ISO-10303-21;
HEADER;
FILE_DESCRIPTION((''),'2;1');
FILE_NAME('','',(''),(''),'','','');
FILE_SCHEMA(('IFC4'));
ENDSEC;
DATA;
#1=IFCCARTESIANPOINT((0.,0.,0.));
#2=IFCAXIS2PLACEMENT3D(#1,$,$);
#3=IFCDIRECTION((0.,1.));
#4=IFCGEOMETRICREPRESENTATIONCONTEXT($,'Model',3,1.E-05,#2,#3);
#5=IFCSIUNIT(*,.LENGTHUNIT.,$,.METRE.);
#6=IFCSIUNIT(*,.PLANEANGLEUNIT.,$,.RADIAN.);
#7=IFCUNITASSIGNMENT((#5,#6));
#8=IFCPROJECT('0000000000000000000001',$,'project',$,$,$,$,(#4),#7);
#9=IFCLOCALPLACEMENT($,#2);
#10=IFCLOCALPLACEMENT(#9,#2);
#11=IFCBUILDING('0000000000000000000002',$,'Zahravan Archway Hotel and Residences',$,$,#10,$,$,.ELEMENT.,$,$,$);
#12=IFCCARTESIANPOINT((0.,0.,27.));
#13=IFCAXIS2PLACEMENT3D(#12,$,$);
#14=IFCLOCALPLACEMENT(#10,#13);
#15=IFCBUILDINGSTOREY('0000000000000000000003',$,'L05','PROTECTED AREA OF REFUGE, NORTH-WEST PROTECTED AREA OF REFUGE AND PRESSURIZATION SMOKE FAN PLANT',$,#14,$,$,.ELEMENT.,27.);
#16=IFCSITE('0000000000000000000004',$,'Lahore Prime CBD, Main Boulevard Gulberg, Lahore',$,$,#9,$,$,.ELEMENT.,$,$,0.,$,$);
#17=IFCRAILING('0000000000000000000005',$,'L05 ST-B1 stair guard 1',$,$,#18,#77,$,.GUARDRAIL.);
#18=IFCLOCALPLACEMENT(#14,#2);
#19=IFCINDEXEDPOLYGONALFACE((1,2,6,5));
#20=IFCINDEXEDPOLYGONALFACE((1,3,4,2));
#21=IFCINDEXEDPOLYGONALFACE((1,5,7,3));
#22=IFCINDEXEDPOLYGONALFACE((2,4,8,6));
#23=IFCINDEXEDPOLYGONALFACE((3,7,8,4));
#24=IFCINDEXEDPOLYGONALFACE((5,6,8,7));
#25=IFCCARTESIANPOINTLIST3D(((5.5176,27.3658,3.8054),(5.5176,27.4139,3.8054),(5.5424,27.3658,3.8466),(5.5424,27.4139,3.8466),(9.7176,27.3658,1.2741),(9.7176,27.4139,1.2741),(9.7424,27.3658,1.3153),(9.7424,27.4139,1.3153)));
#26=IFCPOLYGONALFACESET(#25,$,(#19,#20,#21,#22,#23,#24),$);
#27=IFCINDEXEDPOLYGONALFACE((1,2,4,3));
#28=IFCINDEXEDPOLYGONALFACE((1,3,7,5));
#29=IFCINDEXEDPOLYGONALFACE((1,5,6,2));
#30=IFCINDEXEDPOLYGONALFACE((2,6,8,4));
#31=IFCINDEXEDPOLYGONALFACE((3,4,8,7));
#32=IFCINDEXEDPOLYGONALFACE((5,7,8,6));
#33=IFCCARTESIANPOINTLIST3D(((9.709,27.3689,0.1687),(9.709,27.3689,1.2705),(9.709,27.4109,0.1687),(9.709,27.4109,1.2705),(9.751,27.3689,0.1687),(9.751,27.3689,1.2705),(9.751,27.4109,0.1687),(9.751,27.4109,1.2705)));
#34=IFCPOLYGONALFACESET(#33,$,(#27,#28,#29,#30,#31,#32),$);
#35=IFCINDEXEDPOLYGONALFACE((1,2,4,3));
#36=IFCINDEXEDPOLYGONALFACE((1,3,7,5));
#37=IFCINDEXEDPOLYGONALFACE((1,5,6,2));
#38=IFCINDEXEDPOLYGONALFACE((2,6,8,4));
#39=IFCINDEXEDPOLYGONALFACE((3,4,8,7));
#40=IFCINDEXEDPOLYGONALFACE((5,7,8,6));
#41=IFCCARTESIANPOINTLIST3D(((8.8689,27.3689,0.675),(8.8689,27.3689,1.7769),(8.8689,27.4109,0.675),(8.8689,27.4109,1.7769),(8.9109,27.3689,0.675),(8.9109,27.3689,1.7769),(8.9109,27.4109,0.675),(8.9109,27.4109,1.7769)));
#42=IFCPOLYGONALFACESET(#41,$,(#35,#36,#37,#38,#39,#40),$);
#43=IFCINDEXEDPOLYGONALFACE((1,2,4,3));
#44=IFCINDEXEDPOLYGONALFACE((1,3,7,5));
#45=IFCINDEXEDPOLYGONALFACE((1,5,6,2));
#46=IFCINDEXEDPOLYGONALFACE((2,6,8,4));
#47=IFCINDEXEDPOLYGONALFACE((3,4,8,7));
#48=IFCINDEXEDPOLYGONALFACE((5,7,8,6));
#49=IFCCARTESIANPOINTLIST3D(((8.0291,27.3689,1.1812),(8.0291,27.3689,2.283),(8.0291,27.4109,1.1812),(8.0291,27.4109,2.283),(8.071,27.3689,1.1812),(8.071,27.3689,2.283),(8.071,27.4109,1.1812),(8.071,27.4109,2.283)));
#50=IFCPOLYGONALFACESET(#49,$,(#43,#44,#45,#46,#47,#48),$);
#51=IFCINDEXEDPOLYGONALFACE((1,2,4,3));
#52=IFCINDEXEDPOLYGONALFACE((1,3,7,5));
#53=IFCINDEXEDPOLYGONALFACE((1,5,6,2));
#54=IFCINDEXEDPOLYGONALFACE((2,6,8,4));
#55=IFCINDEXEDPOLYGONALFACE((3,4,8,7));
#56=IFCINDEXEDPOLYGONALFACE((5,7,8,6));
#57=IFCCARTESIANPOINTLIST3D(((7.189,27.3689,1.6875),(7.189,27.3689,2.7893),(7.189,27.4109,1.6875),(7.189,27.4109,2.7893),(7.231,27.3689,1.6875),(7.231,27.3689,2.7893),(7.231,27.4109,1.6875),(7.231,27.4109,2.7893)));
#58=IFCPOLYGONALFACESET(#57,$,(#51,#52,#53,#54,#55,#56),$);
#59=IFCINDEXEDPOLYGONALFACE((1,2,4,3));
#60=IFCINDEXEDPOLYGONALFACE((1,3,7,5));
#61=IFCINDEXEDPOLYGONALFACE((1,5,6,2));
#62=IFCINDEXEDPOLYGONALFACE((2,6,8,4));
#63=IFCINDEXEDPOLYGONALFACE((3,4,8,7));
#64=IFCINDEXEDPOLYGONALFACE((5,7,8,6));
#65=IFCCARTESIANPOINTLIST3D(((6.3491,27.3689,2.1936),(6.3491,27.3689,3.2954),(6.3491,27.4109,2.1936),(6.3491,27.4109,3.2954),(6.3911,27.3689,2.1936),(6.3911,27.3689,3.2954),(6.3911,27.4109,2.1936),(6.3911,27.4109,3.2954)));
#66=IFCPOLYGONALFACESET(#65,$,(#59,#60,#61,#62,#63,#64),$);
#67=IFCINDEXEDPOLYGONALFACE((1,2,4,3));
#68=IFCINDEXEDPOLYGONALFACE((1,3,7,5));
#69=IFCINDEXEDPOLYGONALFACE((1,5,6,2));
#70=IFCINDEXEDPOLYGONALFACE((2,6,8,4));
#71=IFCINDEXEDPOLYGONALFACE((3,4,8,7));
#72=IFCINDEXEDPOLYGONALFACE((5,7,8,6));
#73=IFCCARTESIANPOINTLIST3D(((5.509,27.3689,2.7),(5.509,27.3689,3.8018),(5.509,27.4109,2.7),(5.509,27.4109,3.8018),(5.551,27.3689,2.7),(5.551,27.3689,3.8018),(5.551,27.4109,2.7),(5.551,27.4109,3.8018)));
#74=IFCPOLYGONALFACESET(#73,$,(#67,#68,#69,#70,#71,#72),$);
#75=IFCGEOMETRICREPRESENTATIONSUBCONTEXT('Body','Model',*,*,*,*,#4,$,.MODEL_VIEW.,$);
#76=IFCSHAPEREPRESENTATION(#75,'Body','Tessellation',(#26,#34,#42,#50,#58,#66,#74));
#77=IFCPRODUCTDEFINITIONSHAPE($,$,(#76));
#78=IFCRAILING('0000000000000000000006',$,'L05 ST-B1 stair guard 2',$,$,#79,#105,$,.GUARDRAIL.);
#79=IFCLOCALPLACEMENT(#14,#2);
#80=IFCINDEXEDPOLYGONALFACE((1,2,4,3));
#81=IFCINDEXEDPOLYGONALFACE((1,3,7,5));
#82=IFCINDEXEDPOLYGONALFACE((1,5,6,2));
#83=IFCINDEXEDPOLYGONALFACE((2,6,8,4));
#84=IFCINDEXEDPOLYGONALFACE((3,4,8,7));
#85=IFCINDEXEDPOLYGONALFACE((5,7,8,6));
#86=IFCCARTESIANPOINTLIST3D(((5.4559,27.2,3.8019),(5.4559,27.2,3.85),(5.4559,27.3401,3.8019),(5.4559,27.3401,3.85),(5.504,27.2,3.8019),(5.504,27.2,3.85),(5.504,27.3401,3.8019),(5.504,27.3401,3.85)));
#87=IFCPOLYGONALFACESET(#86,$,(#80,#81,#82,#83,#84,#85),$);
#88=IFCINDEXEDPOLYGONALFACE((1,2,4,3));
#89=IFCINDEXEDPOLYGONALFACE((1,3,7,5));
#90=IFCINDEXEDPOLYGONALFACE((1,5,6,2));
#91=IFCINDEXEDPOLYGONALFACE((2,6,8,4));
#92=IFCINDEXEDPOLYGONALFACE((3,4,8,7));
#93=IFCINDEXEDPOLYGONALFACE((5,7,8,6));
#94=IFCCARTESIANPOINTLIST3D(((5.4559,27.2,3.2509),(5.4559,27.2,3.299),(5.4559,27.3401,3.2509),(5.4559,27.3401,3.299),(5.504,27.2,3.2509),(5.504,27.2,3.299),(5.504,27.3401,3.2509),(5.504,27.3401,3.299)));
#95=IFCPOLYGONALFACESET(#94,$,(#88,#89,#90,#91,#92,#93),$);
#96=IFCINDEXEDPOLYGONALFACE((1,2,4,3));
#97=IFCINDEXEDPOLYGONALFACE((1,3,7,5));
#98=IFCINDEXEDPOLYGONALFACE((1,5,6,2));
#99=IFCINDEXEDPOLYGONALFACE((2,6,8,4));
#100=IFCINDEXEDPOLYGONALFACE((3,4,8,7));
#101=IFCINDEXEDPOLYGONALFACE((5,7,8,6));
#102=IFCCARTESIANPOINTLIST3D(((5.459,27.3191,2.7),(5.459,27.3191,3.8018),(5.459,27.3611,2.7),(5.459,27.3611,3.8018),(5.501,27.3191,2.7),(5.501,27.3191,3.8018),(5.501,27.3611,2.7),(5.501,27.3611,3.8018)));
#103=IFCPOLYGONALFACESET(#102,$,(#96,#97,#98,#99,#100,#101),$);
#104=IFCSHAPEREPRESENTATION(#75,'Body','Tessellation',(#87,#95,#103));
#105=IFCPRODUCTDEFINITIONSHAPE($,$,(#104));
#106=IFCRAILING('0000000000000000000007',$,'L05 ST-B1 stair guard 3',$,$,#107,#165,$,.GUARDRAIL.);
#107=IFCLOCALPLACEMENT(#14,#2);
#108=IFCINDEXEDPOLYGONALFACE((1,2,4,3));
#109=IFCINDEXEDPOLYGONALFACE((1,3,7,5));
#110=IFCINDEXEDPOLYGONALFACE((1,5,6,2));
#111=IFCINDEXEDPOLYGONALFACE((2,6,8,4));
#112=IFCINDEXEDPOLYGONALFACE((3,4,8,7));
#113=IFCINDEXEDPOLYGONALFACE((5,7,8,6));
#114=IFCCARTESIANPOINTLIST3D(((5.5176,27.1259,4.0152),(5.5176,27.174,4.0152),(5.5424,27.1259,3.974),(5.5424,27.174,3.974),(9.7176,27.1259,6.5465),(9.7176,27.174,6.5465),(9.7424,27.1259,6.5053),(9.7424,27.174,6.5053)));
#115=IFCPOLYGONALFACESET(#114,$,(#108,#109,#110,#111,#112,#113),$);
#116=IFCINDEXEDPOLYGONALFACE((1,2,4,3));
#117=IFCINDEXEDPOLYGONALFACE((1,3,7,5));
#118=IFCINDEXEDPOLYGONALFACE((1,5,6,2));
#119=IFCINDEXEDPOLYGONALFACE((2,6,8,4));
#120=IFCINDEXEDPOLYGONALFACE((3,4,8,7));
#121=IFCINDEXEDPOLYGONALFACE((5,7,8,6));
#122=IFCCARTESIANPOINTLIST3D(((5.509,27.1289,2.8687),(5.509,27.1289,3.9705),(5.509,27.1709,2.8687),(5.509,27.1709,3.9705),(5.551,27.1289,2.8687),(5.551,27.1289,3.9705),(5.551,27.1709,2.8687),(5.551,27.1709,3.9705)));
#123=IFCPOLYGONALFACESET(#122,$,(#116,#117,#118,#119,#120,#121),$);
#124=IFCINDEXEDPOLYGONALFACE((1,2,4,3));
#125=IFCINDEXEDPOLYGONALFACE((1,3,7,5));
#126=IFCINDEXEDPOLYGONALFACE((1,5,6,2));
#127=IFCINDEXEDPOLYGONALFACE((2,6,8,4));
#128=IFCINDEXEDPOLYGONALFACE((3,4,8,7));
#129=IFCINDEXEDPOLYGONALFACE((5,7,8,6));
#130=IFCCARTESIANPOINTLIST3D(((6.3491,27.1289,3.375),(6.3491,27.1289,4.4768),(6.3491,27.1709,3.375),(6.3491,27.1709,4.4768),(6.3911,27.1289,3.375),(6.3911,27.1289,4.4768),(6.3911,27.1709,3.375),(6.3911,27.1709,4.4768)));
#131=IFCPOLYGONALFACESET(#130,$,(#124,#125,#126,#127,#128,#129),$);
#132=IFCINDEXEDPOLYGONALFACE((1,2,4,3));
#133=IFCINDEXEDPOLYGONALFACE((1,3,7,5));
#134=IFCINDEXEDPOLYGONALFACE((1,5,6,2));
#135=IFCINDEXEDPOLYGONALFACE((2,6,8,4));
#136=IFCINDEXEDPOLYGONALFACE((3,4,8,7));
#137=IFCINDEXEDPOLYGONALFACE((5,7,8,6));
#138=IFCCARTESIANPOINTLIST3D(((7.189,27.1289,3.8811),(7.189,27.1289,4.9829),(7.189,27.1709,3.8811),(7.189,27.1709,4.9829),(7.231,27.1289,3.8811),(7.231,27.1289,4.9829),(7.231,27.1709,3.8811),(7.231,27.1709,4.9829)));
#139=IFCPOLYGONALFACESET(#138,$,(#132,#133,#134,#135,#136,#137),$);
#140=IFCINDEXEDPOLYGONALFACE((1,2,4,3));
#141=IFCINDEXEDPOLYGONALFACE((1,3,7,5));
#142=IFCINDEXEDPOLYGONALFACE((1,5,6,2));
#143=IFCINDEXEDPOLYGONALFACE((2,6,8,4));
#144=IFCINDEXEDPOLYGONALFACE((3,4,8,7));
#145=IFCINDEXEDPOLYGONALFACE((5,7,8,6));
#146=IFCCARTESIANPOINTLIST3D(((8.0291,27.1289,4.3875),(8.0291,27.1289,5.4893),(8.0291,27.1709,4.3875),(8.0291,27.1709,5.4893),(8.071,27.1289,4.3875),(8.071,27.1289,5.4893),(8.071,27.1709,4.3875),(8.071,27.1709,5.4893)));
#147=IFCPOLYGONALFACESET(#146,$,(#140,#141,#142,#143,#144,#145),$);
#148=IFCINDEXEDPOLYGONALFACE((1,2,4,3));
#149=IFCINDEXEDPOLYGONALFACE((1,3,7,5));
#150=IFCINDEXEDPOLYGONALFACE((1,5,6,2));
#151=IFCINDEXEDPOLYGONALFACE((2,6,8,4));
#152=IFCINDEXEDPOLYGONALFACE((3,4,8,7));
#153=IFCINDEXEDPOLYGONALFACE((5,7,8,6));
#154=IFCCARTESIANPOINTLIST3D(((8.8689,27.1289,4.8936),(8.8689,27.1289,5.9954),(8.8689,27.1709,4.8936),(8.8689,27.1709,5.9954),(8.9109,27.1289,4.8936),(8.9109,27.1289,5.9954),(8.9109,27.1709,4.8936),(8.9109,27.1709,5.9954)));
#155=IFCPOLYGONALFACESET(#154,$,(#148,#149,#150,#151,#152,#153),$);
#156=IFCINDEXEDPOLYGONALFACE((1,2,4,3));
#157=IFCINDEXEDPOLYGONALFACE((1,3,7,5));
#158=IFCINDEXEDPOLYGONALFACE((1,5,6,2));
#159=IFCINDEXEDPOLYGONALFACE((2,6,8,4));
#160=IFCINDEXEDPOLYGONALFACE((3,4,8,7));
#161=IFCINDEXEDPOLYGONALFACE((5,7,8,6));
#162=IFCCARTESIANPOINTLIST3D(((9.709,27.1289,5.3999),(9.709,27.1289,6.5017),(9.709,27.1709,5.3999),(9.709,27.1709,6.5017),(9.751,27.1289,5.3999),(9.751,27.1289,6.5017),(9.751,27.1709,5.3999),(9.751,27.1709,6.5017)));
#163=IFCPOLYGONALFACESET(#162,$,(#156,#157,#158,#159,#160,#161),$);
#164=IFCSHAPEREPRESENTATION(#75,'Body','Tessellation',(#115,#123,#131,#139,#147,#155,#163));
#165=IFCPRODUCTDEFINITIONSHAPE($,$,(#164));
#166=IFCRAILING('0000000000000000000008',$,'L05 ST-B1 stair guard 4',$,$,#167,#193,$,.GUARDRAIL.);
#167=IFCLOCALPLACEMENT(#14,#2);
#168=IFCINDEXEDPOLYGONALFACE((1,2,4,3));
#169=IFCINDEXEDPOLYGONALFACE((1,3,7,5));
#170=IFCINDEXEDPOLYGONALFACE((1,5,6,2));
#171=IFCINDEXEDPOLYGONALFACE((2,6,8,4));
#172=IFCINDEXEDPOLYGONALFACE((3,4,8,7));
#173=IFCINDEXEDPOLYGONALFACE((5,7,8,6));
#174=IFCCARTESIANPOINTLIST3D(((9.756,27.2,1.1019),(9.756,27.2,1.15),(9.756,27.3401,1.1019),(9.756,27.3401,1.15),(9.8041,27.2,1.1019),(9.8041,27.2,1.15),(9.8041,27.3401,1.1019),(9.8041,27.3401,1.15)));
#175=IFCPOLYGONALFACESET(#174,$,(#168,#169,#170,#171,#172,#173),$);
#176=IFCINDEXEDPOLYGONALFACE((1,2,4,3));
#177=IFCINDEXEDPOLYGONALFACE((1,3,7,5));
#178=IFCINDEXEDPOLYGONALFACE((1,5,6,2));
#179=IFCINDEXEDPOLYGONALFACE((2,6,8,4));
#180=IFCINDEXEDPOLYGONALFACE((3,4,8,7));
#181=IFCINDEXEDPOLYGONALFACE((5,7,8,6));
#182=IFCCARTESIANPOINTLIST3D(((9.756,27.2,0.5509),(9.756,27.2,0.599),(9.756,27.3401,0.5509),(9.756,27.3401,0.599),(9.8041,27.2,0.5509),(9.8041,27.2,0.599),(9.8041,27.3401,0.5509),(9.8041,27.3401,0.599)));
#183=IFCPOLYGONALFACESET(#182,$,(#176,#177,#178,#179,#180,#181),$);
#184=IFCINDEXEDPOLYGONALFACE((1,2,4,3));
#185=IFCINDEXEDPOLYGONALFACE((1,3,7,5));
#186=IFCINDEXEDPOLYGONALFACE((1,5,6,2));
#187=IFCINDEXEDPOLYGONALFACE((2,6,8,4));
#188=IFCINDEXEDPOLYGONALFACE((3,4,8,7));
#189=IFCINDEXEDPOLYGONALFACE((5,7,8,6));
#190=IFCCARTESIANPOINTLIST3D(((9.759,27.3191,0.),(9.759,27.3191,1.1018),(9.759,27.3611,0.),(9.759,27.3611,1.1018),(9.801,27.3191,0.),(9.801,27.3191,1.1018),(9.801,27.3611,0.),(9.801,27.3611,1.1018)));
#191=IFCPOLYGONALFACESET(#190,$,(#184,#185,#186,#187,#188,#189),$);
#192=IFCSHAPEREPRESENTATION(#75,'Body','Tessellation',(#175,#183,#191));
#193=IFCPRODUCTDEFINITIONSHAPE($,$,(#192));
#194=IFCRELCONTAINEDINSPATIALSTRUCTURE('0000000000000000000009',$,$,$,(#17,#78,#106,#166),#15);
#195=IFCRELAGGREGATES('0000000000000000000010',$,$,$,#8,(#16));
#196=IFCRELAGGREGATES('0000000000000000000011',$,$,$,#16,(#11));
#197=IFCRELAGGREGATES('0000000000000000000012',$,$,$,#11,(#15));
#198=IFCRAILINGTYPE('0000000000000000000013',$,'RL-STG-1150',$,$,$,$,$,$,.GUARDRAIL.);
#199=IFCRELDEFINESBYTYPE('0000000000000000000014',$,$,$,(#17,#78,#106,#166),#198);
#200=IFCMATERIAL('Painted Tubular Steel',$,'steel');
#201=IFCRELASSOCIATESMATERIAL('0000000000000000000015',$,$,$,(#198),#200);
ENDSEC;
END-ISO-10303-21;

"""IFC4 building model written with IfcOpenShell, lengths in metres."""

from ifc_helpers import new_model, si_unit, direction, frame, origin, origin_2d, place, context, subcontext, project, spatial, rectangle, extrude, material, type_object, element, save


model = new_model("IFC4")

# Units and contexts
model_context = context("Model", 3, precision=1e-05, world=origin(), true_north=direction((0.0, 1.0)))
body_context = subcontext(model_context, "Body", "Model", "MODEL_VIEW")
ifc_project = project(units=[si_unit("LENGTHUNIT", "METRE"), si_unit("PLANEANGLEUNIT", "RADIAN")], contexts=[model_context])

# Site, building, storey
site_placement = place(None, origin())
site = spatial("IfcSite", under=ifc_project, at=site_placement, Name="Lahore Prime CBD, Main Boulevard Gulberg, Lahore", CompositionType="ELEMENT", RefElevation=0.0)
building_placement = place(site_placement, origin())
building = spatial("IfcBuilding", under=site, at=building_placement, Name="Zahravan Archway Hotel and Residences", CompositionType="ELEMENT")
storey_placement = place(building_placement, frame((0.0, 0.0, 27.0)))
storey = spatial("IfcBuildingStorey", under=building, at=storey_placement, Name="L05", Description="PROTECTED AREA OF REFUGE, NORTH-WEST PROTECTED AREA OF REFUGE AND PRESSURIZATION SMOKE FAN PLANT", CompositionType="ELEMENT", Elevation=27.0)

# Railings
ifc_material_1 = material(Name="Painted Tubular Steel", Category="steel")
railing_type_1 = type_object("IfcRailingType", Name="RL-STG-1150", PredefinedType="GUARDRAIL", material=ifc_material_1)
railing_1_placement = place(storey_placement, frame((9.73, 27.3899, 0.1687)))
element("IfcRailing", 1, at=railing_1_placement, inside=storey, type_object=railing_type_1, Name="L05 ST-B1 stair guard 1", PredefinedType="GUARDRAIL", context=body_context, shape_type="SweptSolid", body=[
    extrude(rectangle(XDim=0.0481, YDim=0.0481, at=origin_2d()), frame((0.0, 0.0, 1.126), z_axis=(-0.856476, 0.0, 0.516186), x_axis=(0.0, -1.0, 0.0)), (0.0, 0.0, 1.0), 4.9038),
    extrude(rectangle(XDim=0.042, YDim=0.042, at=origin_2d()), origin(), (0.0, 0.0, 1.0), 1.1018),
    extrude(rectangle(XDim=0.042, YDim=0.042, at=origin_2d()), frame((-0.8401, 0.0, 0.5063)), (0.0, 0.0, 1.0), 1.1018),
    extrude(rectangle(XDim=0.042, YDim=0.042, at=origin_2d()), frame((-1.6799, 0.0, 1.0125)), (0.0, 0.0, 1.0), 1.1018),
    extrude(rectangle(XDim=0.042, YDim=0.042, at=origin_2d()), frame((-2.52, 0.0, 1.5188)), (0.0, 0.0, 1.0), 1.1018),
    extrude(rectangle(XDim=0.042, YDim=0.042, at=origin_2d()), frame((-3.3599, 0.0, 2.0249)), (0.0, 0.0, 1.0), 1.1018),
    extrude(rectangle(XDim=0.042, YDim=0.042, at=origin_2d()), frame((-4.2, 0.0, 2.5312)), (0.0, 0.0, 1.0), 1.1018),
])
railing_2_placement = place(storey_placement, frame((5.48, 27.3401, 2.7)))
element("IfcRailing", 2, at=railing_2_placement, inside=storey, type_object=railing_type_1, Name="L05 ST-B1 stair guard 2", PredefinedType="GUARDRAIL", context=body_context, shape_type="SweptSolid", body=[
    extrude(rectangle(XDim=0.0481, YDim=0.0481, at=origin_2d()), frame((0.0, 0.0, 1.126), z_axis=(0.0, -1.0, 0.0), x_axis=(1.0, 0.0, 0.0)), (0.0, 0.0, 1.0), 0.1401),
    extrude(rectangle(XDim=0.0481, YDim=0.0481, at=origin_2d()), frame((0.0, 0.0, 0.575), z_axis=(0.0, -1.0, 0.0), x_axis=(1.0, 0.0, 0.0)), (0.0, 0.0, 1.0), 0.1401),
    extrude(rectangle(XDim=0.042, YDim=0.042, at=origin_2d()), origin(), (0.0, 0.0, 1.0), 1.1018),
])
railing_3_placement = place(storey_placement, frame((5.53, 27.1499, 2.8687)))
element("IfcRailing", 3, at=railing_3_placement, inside=storey, type_object=railing_type_1, Name="L05 ST-B1 stair guard 3", PredefinedType="GUARDRAIL", context=body_context, shape_type="SweptSolid", body=[
    extrude(rectangle(XDim=0.0481, YDim=0.0481, at=origin_2d()), frame((0.0, 0.0, 1.126), z_axis=(0.856476, 0.0, 0.516186), x_axis=(0.0, 1.0, 0.0)), (0.0, 0.0, 1.0), 4.9038),
    extrude(rectangle(XDim=0.042, YDim=0.042, at=origin_2d()), origin(), (0.0, 0.0, 1.0), 1.1018),
    extrude(rectangle(XDim=0.042, YDim=0.042, at=origin_2d()), frame((0.8401, 0.0, 0.5063)), (0.0, 0.0, 1.0), 1.1018),
    extrude(rectangle(XDim=0.042, YDim=0.042, at=origin_2d()), frame((1.6799, 0.0, 1.0125)), (0.0, 0.0, 1.0), 1.1018),
    extrude(rectangle(XDim=0.042, YDim=0.042, at=origin_2d()), frame((2.52, 0.0, 1.5188)), (0.0, 0.0, 1.0), 1.1018),
    extrude(rectangle(XDim=0.042, YDim=0.042, at=origin_2d()), frame((3.3599, 0.0, 2.0249)), (0.0, 0.0, 1.0), 1.1018),
    extrude(rectangle(XDim=0.042, YDim=0.042, at=origin_2d()), frame((4.2, 0.0, 2.5312)), (0.0, 0.0, 1.0), 1.1018),
])
railing_4_placement = place(storey_placement, frame((9.78, 27.3401, 0.0)))
element("IfcRailing", 4, at=railing_4_placement, inside=storey, type_object=railing_type_1, Name="L05 ST-B1 stair guard 4", PredefinedType="GUARDRAIL", context=body_context, shape_type="SweptSolid", body=[
    extrude(rectangle(XDim=0.0481, YDim=0.0481, at=origin_2d()), frame((0.0, 0.0, 1.126), z_axis=(0.0, -1.0, 0.0), x_axis=(1.0, 0.0, 0.0)), (0.0, 0.0, 1.0), 0.1401),
    extrude(rectangle(XDim=0.0481, YDim=0.0481, at=origin_2d()), frame((0.0, 0.0, 0.575), z_axis=(0.0, -1.0, 0.0), x_axis=(1.0, 0.0, 0.0)), (0.0, 0.0, 1.0), 0.1401),
    extrude(rectangle(XDim=0.042, YDim=0.042, at=origin_2d()), origin(), (0.0, 0.0, 1.0), 1.1018),
])

save(model, "model.ifc")
